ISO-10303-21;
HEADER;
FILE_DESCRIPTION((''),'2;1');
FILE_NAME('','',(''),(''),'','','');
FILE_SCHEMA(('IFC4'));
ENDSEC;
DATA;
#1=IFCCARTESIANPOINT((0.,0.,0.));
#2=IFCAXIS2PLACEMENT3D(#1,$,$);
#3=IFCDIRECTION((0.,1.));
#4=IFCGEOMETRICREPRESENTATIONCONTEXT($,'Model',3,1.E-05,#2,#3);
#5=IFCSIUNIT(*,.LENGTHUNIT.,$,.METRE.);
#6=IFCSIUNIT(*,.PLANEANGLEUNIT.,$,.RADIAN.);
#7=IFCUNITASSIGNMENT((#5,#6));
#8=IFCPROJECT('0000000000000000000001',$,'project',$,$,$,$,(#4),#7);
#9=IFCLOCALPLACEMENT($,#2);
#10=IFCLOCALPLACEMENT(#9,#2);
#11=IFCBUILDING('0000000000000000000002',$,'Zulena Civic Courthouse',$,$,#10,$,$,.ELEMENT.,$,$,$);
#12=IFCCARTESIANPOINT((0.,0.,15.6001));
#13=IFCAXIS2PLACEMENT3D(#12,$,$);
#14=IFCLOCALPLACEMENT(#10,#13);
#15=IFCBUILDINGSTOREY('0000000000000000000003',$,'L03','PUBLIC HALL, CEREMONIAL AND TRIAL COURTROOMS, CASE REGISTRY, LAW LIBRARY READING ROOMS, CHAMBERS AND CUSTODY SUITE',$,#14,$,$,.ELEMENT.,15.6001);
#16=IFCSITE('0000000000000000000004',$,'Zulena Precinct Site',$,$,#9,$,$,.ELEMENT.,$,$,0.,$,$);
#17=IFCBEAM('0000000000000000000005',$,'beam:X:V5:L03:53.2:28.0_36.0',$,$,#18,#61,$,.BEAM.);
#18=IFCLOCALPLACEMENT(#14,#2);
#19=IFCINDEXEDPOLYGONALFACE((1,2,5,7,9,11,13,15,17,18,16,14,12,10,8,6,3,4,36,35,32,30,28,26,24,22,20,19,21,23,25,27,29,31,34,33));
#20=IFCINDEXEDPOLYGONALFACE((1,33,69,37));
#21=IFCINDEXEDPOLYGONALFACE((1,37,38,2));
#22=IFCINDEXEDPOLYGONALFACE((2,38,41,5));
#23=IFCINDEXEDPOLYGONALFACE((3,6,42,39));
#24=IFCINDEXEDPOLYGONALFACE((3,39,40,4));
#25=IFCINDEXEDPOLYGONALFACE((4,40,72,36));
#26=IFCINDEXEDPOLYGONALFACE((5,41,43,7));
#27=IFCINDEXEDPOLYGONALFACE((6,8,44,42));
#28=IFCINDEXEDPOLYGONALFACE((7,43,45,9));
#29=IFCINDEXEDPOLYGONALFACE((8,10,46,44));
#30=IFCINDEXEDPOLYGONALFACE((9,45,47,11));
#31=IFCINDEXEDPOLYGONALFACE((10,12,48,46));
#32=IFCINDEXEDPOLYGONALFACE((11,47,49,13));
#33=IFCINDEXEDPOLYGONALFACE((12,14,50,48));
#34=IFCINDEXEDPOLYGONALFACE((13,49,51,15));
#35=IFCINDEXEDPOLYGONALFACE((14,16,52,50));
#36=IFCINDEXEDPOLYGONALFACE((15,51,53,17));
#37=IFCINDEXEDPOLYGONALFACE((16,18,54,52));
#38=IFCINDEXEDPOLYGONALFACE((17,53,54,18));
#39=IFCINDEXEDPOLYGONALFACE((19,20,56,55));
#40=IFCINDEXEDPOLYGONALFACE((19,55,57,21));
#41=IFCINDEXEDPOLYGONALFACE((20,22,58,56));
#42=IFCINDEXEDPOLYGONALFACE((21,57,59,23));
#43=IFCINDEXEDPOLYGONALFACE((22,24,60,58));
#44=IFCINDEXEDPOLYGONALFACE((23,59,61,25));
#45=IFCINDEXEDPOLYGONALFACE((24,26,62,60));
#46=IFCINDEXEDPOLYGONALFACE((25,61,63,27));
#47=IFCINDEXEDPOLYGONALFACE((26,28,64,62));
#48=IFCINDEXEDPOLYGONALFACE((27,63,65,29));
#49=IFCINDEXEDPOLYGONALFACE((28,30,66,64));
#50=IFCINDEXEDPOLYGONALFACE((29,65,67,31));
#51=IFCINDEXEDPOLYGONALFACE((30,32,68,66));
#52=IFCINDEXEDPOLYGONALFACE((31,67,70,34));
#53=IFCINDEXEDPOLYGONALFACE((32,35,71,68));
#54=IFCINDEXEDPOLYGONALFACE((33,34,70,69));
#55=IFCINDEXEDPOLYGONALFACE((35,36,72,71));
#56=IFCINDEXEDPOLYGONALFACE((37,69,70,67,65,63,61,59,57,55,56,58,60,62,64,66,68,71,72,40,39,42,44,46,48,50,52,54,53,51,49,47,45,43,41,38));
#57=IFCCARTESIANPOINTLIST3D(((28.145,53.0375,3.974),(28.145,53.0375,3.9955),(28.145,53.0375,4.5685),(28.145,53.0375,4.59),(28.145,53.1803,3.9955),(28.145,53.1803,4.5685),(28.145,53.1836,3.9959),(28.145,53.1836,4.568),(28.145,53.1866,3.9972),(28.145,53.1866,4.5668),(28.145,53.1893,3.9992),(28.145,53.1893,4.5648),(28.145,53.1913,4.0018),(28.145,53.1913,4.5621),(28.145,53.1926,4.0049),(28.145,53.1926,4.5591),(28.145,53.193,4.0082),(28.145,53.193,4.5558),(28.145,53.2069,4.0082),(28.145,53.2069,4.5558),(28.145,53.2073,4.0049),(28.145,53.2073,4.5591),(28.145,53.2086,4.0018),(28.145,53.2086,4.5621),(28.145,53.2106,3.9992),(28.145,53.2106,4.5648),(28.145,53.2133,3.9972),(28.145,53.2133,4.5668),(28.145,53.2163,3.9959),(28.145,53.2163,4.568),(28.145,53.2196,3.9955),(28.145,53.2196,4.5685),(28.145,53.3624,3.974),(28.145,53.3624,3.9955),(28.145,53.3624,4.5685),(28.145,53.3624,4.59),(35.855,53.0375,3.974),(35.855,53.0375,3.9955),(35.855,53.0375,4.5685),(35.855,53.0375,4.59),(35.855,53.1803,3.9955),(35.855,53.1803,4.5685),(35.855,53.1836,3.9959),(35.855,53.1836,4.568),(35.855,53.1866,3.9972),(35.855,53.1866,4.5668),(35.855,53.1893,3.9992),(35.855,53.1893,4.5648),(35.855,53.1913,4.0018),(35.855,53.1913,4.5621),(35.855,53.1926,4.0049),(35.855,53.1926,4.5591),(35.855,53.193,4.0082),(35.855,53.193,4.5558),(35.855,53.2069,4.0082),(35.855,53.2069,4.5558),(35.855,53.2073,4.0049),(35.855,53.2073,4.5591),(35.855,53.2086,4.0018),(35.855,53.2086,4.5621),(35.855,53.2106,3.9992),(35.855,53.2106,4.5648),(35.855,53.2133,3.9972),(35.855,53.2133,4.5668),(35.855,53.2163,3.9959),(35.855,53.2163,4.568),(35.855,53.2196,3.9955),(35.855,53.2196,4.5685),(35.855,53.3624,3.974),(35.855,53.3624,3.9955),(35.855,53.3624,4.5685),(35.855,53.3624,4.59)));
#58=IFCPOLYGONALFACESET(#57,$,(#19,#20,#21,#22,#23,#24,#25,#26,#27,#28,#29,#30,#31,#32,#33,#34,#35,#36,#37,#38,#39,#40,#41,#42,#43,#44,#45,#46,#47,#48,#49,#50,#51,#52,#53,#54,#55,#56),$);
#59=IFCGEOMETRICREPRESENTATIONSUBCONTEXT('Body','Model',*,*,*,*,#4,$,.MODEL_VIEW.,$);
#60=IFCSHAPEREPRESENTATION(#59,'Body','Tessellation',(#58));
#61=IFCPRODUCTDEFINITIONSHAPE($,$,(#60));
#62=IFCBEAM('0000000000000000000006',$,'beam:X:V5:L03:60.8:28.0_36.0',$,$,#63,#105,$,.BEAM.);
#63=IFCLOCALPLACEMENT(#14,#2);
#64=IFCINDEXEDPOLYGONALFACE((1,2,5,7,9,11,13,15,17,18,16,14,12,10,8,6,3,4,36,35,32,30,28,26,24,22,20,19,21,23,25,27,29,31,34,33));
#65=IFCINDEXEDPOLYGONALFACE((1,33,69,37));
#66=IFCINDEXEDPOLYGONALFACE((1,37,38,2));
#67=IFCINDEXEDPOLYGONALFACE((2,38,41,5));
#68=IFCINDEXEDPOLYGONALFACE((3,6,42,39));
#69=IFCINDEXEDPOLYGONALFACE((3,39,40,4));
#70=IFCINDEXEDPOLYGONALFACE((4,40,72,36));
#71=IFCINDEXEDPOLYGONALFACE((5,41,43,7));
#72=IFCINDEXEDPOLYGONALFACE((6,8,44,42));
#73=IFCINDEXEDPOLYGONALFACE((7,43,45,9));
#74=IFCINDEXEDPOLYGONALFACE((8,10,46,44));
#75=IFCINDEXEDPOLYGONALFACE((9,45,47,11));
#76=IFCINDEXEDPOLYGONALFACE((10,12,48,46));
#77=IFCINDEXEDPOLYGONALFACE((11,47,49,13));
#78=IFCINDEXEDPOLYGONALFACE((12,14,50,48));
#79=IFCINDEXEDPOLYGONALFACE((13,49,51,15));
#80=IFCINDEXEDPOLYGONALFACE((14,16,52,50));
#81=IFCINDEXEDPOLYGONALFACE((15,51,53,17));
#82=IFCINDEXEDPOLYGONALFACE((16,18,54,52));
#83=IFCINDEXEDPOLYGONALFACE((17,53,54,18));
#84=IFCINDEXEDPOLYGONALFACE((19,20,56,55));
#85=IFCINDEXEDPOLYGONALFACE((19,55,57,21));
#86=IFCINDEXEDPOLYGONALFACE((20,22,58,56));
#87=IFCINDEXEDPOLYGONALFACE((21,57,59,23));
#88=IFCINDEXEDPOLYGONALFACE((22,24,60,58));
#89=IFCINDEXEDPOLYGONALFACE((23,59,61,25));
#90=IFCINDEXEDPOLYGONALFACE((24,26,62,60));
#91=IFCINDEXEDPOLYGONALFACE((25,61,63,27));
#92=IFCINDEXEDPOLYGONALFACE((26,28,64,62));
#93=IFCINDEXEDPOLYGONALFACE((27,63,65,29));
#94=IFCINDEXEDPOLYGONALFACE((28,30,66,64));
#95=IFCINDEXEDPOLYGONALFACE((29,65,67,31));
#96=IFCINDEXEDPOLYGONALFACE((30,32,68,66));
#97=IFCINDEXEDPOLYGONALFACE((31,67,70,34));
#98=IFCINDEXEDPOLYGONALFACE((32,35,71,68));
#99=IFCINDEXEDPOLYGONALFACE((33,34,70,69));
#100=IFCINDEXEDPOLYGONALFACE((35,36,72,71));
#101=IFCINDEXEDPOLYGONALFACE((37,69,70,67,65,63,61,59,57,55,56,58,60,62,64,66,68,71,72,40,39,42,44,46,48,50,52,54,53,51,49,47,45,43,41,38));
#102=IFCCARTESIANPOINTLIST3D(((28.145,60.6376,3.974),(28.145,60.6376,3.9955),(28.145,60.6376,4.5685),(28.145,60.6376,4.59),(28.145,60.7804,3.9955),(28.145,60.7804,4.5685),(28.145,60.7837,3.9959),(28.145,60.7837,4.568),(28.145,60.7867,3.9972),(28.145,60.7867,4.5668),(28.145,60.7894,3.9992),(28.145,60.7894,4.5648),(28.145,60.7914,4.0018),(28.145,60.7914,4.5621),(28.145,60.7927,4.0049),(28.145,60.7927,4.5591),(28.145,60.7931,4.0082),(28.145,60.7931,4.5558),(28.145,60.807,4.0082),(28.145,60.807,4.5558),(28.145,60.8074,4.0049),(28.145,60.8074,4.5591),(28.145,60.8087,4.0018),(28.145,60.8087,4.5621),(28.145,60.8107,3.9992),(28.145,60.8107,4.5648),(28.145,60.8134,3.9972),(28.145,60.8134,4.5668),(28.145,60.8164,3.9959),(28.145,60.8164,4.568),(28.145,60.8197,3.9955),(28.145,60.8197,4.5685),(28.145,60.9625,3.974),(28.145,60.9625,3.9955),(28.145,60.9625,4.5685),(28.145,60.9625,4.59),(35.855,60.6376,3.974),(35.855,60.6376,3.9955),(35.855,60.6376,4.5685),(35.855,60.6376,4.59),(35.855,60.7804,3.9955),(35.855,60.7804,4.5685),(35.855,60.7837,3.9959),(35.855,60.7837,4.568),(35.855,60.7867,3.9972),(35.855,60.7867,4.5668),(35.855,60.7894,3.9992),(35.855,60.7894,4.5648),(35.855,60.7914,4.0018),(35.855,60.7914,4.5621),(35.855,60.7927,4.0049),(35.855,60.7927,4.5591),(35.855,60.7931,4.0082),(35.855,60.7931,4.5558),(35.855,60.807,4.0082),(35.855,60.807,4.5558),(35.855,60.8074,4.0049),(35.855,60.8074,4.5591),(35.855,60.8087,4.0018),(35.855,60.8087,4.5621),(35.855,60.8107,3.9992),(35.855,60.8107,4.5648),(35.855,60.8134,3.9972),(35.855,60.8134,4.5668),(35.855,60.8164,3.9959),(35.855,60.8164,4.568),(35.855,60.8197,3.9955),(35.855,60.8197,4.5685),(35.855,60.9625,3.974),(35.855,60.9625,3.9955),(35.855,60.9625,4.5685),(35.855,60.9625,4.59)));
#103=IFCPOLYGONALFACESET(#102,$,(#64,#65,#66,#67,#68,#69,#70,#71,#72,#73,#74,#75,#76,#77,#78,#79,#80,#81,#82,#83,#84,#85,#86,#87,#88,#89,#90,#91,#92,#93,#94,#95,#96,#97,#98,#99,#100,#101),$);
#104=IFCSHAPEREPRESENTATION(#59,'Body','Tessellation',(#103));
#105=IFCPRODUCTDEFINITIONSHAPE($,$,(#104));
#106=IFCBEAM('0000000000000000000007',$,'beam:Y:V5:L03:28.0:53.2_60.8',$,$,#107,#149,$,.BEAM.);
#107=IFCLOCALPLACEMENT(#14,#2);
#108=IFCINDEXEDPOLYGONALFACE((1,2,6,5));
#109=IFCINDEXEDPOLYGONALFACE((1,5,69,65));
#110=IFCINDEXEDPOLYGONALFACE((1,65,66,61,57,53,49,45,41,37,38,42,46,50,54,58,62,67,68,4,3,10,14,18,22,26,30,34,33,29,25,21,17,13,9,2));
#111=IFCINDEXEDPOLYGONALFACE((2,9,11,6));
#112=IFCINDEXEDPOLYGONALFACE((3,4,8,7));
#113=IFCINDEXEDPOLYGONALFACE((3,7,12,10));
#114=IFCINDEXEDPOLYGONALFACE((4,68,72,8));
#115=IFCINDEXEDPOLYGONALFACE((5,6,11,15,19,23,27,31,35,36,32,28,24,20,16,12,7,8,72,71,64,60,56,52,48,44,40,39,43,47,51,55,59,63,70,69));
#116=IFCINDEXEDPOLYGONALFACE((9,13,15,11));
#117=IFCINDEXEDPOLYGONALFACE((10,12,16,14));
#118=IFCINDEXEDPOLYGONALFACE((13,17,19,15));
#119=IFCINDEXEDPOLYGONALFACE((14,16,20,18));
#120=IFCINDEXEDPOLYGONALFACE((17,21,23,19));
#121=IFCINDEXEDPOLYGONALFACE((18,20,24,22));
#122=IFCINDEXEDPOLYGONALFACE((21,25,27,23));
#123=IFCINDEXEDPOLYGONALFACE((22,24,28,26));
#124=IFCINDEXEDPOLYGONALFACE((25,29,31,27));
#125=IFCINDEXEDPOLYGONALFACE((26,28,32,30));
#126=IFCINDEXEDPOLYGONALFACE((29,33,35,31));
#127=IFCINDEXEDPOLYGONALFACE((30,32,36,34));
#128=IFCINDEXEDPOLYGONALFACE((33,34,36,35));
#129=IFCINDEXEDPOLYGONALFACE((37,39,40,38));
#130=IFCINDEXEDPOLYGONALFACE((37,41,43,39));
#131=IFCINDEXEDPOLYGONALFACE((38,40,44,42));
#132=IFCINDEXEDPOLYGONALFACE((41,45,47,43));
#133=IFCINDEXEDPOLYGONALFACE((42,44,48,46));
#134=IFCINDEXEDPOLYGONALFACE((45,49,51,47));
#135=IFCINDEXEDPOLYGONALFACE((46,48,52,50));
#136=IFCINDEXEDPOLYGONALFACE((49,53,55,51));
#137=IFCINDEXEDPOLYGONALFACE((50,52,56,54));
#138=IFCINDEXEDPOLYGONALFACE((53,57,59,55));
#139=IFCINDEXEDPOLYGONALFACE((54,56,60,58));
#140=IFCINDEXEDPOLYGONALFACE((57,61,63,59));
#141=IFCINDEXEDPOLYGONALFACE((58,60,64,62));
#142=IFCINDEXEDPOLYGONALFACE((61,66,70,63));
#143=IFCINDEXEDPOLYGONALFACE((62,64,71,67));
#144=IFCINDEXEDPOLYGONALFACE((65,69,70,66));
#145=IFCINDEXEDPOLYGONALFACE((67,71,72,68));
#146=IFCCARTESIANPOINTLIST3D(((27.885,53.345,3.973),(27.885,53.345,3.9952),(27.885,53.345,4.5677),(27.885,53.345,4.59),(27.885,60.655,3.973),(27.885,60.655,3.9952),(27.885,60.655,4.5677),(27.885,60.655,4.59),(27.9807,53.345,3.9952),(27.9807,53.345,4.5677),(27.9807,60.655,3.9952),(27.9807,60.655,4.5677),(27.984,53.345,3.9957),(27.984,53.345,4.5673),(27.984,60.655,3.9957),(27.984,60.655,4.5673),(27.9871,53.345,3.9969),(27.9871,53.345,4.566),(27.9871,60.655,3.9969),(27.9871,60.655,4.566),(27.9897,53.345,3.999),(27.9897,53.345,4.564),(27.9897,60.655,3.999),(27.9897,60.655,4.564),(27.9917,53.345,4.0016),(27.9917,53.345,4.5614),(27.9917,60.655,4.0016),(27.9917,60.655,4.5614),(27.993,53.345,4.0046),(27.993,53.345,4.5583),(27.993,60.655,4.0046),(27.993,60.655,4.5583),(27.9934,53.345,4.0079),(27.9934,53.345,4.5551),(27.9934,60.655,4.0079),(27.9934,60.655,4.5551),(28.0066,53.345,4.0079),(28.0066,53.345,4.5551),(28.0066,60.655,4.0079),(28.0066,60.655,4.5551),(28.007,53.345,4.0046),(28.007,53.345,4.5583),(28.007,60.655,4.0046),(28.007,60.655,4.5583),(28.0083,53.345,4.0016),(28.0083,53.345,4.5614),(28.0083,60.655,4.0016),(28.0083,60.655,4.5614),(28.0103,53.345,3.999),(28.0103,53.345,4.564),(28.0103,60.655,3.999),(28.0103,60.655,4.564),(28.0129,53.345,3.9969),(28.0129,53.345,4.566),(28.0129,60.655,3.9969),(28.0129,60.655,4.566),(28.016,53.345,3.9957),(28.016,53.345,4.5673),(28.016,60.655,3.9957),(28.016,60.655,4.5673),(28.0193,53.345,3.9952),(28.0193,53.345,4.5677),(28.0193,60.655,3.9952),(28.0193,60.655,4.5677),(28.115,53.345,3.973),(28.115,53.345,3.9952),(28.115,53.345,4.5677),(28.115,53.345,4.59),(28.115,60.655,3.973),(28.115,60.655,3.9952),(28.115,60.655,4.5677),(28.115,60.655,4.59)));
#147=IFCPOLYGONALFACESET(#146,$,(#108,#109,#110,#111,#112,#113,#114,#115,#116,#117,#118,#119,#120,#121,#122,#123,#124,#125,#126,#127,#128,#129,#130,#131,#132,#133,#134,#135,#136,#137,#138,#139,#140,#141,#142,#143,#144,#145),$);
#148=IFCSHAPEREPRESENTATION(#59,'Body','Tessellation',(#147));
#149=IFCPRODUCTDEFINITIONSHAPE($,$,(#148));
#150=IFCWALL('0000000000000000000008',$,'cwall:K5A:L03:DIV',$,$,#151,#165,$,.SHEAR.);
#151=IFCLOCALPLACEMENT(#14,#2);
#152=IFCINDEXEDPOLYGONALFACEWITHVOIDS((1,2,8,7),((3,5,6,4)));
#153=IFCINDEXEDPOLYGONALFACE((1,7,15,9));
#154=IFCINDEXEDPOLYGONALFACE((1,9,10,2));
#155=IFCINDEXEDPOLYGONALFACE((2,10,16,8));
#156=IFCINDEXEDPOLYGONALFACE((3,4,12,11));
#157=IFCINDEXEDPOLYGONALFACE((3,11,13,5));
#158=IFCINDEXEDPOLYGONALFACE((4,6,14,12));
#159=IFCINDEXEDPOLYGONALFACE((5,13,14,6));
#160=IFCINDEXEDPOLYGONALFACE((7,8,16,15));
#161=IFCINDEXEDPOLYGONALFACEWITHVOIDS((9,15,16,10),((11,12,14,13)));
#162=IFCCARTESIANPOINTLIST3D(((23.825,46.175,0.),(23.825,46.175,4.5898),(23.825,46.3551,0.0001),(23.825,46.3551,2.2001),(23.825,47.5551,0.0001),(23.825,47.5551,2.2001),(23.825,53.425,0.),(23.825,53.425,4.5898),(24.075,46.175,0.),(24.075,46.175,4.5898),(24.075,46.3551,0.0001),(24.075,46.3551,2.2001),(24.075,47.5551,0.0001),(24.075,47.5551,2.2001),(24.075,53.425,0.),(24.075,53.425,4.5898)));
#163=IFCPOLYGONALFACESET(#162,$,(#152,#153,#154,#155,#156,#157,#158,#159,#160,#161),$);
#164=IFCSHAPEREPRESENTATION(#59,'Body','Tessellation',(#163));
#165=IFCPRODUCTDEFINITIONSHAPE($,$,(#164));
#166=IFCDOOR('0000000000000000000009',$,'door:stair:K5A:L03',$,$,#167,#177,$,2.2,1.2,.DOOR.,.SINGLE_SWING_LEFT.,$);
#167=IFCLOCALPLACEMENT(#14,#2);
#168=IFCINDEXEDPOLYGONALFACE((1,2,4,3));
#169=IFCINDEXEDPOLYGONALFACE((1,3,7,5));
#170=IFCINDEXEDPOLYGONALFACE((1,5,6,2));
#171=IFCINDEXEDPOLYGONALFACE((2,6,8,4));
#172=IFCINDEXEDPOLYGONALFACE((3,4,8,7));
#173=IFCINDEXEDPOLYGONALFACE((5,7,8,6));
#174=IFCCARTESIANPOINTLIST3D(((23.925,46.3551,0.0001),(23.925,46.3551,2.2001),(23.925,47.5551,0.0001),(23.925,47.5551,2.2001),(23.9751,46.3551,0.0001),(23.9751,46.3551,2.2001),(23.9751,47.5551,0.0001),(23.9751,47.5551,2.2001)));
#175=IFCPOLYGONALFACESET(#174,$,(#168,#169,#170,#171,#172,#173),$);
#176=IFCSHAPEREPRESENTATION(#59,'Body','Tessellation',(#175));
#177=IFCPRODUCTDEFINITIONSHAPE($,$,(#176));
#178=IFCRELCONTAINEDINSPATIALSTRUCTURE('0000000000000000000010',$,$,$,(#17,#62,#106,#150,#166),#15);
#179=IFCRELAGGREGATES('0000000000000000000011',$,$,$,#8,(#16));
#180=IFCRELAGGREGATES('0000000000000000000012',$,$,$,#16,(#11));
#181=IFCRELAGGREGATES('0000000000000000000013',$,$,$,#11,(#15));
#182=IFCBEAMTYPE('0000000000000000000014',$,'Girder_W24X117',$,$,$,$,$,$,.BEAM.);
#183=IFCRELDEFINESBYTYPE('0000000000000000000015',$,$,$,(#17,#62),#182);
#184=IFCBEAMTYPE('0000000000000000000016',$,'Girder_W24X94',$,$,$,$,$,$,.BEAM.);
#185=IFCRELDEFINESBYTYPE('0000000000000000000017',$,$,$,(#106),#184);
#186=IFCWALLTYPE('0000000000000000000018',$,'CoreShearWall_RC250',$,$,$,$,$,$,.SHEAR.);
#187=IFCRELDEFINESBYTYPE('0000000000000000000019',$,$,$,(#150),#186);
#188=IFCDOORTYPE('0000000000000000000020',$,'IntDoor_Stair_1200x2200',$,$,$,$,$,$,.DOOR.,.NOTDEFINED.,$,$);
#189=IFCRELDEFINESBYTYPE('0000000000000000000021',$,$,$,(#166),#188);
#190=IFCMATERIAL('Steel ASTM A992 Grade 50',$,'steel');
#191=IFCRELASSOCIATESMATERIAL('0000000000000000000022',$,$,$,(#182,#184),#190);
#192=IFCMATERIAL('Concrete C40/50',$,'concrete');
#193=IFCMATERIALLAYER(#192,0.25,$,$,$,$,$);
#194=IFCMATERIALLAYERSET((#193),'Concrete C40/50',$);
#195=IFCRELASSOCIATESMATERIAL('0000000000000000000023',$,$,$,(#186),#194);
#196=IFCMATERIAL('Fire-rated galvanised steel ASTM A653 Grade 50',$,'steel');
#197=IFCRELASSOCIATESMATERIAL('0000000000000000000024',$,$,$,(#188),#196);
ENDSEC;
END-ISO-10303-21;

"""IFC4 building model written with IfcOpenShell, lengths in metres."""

from ifc_helpers import new_model, si_unit, direction, frame, frame_2d, origin, origin_2d, place, context, subcontext, project, spatial, rectangle, i_section, extrude, material, layer, layer_set, material_profile, profile_set, type_object, element, fill, save


model = new_model("IFC4")

# Units and contexts
model_context = context("Model", 3, precision=1e-05, world=origin(), true_north=direction((0.0, 1.0)))
body_context = subcontext(model_context, "Body", "Model", "MODEL_VIEW")
ifc_project = project(units=[si_unit("LENGTHUNIT", "METRE"), si_unit("PLANEANGLEUNIT", "RADIAN")], contexts=[model_context])

# Site, building, storey
site_placement = place(None, origin())
site = spatial("IfcSite", under=ifc_project, at=site_placement, Name="Zulena Precinct Site", CompositionType="ELEMENT", RefElevation=0.0)
building_placement = place(site_placement, origin())
building = spatial("IfcBuilding", under=site, at=building_placement, Name="Zulena Civic Courthouse", CompositionType="ELEMENT")
storey_placement = place(building_placement, frame((0.0, 0.0, 15.6001)))
storey = spatial("IfcBuildingStorey", under=building, at=storey_placement, Name="L03", Description="PUBLIC HALL, CEREMONIAL AND TRIAL COURTROOMS, CASE REGISTRY, LAW LIBRARY READING ROOMS, CHAMBERS AND CUSTODY SUITE", CompositionType="ELEMENT", Elevation=15.6001)

# Shared definitions
ifc_material_1 = material(Name="Steel ASTM A992 Grade 50", Category="steel")

# Beams
ifc_material_profile_1 = material_profile(ifc_material_1, i_section(OverallWidth=0.325, OverallDepth=0.616, WebThickness=0.0139, FlangeThickness=0.0215, FilletRadius=0.0127, at=origin_2d()), Name="W24X117")
ifc_profile_set_1 = profile_set([ifc_material_profile_1], Name="Steel ASTM A992 Grade 50")
beam_type_1 = type_object("IfcBeamType", Name="Girder_W24X117", PredefinedType="BEAM", material=ifc_profile_set_1)
for number, where, z_axis, x_axis, name in (
    (1, (28.145, 53.2, 4.282), (1.0, 0.0, 0.0), (0.0, 1.0, 0.0), "beam:X:V5:L03:53.2:28.0_36.0"),
    (2, (28.145, 60.8, 4.282), (1.0, 0.0, 0.0), (0.0, 1.0, 0.0), "beam:X:V5:L03:60.8:28.0_36.0"),
):
    element("IfcBeam", number, at=place(storey_placement, frame(where, z_axis=z_axis, x_axis=x_axis)), inside=storey, type_object=beam_type_1, Name=name, PredefinedType="BEAM", context=body_context, shape_type="SweptSolid", body=[
        extrude(i_section(OverallWidth=0.325, OverallDepth=0.616, WebThickness=0.0139, FlangeThickness=0.0215, FilletRadius=0.0127, at=origin_2d()), origin(), (0.0, 0.0, 1.0), 7.71),
    ])
ifc_material_profile_2 = material_profile(ifc_material_1, i_section(OverallWidth=0.23, OverallDepth=0.6169, WebThickness=0.0132, FlangeThickness=0.0222, FilletRadius=0.0127, at=origin_2d()), Name="W24X94")
ifc_profile_set_2 = profile_set([ifc_material_profile_2], Name="Steel ASTM A992 Grade 50")
beam_type_2 = type_object("IfcBeamType", Name="Girder_W24X94", PredefinedType="BEAM", material=ifc_profile_set_2)
beam_placement = place(storey_placement, frame((28.0, 53.345, 4.2815), z_axis=(0.0, 1.0, 0.0), x_axis=(-1.0, 0.0, 0.0)))
element("IfcBeam", 3, at=beam_placement, inside=storey, type_object=beam_type_2, Name="beam:Y:V5:L03:28.0:53.2_60.8", PredefinedType="BEAM", context=body_context, shape_type="SweptSolid", body=[
    extrude(i_section(OverallWidth=0.23, OverallDepth=0.6169, WebThickness=0.0132, FlangeThickness=0.0222, FilletRadius=0.0127, at=origin_2d()), origin(), (0.0, 0.0, 1.0), 7.3101),
])

# Wall, opening, door
ifc_material_2 = material(Name="Concrete C40/50", Category="concrete")
ifc_layer_1 = layer(ifc_material_2, 0.25)
ifc_layer_set_1 = layer_set([ifc_layer_1], Name="Concrete C40/50")
wall_type_1 = type_object("IfcWallType", Name="CoreShearWall_RC250", PredefinedType="SHEAR", material=ifc_layer_set_1)
wall_1_placement = place(storey_placement, frame((23.95, 46.175, 0.0), z_axis=(0.0, 0.0, 1.0), x_axis=(0.0, 1.0, 0.0)))
wall_1 = element("IfcWall", 4, at=wall_1_placement, inside=storey, type_object=wall_type_1, Name="cwall:K5A:L03:DIV", PredefinedType="SHEAR", context=body_context, shape_type="SweptSolid", body=[
    extrude(rectangle(XDim=7.25, YDim=0.25, at=frame_2d((3.625, 0.0))), origin(), (0.0, 0.0, 1.0), 4.5898),
])
opening_1_placement = place(wall_1_placement, frame((0.1799, 0.0, 0.0)))
opening_1 = element("IfcOpeningElement", 5, at=opening_1_placement, cuts=wall_1, PredefinedType="OPENING", context=body_context, shape_type="SweptSolid", body=[
    extrude(rectangle(XDim=1.2, YDim=2.2, at=frame_2d((0.6001, 1.1001))), frame((0.0, 0.135, 0.0), z_axis=(0.0, -1.0, 0.0), x_axis=(1.0, 0.0, 0.0)), (0.0, 0.0, 1.0), 0.27),
])
ifc_material_3 = material(Name="Fire-rated galvanised steel ASTM A653 Grade 50", Category="steel")
door_type_1 = type_object("IfcDoorType", Name="IntDoor_Stair_1200x2200", OperationType="NOTDEFINED", PredefinedType="DOOR", material=ifc_material_3)
door_1_placement = place(opening_1_placement, origin())
door_1 = element("IfcDoor", 6, at=door_1_placement, inside=storey, type_object=door_type_1, Name="door:stair:K5A:L03", OperationType="SINGLE_SWING_LEFT", OverallHeight=2.2, OverallWidth=1.2, PredefinedType="DOOR", context=body_context, shape_type="SweptSolid", body=[
    extrude(rectangle(XDim=1.2, YDim=2.2, at=frame_2d((0.6001, 1.1001))), frame((0.0, 0.0249, 0.0), z_axis=(0.0, -1.0, 0.0), x_axis=(1.0, 0.0, 0.0)), (0.0, 0.0, 1.0), 0.05),
])
fill(opening_1, door_1)

save(model, "model.ifc")
